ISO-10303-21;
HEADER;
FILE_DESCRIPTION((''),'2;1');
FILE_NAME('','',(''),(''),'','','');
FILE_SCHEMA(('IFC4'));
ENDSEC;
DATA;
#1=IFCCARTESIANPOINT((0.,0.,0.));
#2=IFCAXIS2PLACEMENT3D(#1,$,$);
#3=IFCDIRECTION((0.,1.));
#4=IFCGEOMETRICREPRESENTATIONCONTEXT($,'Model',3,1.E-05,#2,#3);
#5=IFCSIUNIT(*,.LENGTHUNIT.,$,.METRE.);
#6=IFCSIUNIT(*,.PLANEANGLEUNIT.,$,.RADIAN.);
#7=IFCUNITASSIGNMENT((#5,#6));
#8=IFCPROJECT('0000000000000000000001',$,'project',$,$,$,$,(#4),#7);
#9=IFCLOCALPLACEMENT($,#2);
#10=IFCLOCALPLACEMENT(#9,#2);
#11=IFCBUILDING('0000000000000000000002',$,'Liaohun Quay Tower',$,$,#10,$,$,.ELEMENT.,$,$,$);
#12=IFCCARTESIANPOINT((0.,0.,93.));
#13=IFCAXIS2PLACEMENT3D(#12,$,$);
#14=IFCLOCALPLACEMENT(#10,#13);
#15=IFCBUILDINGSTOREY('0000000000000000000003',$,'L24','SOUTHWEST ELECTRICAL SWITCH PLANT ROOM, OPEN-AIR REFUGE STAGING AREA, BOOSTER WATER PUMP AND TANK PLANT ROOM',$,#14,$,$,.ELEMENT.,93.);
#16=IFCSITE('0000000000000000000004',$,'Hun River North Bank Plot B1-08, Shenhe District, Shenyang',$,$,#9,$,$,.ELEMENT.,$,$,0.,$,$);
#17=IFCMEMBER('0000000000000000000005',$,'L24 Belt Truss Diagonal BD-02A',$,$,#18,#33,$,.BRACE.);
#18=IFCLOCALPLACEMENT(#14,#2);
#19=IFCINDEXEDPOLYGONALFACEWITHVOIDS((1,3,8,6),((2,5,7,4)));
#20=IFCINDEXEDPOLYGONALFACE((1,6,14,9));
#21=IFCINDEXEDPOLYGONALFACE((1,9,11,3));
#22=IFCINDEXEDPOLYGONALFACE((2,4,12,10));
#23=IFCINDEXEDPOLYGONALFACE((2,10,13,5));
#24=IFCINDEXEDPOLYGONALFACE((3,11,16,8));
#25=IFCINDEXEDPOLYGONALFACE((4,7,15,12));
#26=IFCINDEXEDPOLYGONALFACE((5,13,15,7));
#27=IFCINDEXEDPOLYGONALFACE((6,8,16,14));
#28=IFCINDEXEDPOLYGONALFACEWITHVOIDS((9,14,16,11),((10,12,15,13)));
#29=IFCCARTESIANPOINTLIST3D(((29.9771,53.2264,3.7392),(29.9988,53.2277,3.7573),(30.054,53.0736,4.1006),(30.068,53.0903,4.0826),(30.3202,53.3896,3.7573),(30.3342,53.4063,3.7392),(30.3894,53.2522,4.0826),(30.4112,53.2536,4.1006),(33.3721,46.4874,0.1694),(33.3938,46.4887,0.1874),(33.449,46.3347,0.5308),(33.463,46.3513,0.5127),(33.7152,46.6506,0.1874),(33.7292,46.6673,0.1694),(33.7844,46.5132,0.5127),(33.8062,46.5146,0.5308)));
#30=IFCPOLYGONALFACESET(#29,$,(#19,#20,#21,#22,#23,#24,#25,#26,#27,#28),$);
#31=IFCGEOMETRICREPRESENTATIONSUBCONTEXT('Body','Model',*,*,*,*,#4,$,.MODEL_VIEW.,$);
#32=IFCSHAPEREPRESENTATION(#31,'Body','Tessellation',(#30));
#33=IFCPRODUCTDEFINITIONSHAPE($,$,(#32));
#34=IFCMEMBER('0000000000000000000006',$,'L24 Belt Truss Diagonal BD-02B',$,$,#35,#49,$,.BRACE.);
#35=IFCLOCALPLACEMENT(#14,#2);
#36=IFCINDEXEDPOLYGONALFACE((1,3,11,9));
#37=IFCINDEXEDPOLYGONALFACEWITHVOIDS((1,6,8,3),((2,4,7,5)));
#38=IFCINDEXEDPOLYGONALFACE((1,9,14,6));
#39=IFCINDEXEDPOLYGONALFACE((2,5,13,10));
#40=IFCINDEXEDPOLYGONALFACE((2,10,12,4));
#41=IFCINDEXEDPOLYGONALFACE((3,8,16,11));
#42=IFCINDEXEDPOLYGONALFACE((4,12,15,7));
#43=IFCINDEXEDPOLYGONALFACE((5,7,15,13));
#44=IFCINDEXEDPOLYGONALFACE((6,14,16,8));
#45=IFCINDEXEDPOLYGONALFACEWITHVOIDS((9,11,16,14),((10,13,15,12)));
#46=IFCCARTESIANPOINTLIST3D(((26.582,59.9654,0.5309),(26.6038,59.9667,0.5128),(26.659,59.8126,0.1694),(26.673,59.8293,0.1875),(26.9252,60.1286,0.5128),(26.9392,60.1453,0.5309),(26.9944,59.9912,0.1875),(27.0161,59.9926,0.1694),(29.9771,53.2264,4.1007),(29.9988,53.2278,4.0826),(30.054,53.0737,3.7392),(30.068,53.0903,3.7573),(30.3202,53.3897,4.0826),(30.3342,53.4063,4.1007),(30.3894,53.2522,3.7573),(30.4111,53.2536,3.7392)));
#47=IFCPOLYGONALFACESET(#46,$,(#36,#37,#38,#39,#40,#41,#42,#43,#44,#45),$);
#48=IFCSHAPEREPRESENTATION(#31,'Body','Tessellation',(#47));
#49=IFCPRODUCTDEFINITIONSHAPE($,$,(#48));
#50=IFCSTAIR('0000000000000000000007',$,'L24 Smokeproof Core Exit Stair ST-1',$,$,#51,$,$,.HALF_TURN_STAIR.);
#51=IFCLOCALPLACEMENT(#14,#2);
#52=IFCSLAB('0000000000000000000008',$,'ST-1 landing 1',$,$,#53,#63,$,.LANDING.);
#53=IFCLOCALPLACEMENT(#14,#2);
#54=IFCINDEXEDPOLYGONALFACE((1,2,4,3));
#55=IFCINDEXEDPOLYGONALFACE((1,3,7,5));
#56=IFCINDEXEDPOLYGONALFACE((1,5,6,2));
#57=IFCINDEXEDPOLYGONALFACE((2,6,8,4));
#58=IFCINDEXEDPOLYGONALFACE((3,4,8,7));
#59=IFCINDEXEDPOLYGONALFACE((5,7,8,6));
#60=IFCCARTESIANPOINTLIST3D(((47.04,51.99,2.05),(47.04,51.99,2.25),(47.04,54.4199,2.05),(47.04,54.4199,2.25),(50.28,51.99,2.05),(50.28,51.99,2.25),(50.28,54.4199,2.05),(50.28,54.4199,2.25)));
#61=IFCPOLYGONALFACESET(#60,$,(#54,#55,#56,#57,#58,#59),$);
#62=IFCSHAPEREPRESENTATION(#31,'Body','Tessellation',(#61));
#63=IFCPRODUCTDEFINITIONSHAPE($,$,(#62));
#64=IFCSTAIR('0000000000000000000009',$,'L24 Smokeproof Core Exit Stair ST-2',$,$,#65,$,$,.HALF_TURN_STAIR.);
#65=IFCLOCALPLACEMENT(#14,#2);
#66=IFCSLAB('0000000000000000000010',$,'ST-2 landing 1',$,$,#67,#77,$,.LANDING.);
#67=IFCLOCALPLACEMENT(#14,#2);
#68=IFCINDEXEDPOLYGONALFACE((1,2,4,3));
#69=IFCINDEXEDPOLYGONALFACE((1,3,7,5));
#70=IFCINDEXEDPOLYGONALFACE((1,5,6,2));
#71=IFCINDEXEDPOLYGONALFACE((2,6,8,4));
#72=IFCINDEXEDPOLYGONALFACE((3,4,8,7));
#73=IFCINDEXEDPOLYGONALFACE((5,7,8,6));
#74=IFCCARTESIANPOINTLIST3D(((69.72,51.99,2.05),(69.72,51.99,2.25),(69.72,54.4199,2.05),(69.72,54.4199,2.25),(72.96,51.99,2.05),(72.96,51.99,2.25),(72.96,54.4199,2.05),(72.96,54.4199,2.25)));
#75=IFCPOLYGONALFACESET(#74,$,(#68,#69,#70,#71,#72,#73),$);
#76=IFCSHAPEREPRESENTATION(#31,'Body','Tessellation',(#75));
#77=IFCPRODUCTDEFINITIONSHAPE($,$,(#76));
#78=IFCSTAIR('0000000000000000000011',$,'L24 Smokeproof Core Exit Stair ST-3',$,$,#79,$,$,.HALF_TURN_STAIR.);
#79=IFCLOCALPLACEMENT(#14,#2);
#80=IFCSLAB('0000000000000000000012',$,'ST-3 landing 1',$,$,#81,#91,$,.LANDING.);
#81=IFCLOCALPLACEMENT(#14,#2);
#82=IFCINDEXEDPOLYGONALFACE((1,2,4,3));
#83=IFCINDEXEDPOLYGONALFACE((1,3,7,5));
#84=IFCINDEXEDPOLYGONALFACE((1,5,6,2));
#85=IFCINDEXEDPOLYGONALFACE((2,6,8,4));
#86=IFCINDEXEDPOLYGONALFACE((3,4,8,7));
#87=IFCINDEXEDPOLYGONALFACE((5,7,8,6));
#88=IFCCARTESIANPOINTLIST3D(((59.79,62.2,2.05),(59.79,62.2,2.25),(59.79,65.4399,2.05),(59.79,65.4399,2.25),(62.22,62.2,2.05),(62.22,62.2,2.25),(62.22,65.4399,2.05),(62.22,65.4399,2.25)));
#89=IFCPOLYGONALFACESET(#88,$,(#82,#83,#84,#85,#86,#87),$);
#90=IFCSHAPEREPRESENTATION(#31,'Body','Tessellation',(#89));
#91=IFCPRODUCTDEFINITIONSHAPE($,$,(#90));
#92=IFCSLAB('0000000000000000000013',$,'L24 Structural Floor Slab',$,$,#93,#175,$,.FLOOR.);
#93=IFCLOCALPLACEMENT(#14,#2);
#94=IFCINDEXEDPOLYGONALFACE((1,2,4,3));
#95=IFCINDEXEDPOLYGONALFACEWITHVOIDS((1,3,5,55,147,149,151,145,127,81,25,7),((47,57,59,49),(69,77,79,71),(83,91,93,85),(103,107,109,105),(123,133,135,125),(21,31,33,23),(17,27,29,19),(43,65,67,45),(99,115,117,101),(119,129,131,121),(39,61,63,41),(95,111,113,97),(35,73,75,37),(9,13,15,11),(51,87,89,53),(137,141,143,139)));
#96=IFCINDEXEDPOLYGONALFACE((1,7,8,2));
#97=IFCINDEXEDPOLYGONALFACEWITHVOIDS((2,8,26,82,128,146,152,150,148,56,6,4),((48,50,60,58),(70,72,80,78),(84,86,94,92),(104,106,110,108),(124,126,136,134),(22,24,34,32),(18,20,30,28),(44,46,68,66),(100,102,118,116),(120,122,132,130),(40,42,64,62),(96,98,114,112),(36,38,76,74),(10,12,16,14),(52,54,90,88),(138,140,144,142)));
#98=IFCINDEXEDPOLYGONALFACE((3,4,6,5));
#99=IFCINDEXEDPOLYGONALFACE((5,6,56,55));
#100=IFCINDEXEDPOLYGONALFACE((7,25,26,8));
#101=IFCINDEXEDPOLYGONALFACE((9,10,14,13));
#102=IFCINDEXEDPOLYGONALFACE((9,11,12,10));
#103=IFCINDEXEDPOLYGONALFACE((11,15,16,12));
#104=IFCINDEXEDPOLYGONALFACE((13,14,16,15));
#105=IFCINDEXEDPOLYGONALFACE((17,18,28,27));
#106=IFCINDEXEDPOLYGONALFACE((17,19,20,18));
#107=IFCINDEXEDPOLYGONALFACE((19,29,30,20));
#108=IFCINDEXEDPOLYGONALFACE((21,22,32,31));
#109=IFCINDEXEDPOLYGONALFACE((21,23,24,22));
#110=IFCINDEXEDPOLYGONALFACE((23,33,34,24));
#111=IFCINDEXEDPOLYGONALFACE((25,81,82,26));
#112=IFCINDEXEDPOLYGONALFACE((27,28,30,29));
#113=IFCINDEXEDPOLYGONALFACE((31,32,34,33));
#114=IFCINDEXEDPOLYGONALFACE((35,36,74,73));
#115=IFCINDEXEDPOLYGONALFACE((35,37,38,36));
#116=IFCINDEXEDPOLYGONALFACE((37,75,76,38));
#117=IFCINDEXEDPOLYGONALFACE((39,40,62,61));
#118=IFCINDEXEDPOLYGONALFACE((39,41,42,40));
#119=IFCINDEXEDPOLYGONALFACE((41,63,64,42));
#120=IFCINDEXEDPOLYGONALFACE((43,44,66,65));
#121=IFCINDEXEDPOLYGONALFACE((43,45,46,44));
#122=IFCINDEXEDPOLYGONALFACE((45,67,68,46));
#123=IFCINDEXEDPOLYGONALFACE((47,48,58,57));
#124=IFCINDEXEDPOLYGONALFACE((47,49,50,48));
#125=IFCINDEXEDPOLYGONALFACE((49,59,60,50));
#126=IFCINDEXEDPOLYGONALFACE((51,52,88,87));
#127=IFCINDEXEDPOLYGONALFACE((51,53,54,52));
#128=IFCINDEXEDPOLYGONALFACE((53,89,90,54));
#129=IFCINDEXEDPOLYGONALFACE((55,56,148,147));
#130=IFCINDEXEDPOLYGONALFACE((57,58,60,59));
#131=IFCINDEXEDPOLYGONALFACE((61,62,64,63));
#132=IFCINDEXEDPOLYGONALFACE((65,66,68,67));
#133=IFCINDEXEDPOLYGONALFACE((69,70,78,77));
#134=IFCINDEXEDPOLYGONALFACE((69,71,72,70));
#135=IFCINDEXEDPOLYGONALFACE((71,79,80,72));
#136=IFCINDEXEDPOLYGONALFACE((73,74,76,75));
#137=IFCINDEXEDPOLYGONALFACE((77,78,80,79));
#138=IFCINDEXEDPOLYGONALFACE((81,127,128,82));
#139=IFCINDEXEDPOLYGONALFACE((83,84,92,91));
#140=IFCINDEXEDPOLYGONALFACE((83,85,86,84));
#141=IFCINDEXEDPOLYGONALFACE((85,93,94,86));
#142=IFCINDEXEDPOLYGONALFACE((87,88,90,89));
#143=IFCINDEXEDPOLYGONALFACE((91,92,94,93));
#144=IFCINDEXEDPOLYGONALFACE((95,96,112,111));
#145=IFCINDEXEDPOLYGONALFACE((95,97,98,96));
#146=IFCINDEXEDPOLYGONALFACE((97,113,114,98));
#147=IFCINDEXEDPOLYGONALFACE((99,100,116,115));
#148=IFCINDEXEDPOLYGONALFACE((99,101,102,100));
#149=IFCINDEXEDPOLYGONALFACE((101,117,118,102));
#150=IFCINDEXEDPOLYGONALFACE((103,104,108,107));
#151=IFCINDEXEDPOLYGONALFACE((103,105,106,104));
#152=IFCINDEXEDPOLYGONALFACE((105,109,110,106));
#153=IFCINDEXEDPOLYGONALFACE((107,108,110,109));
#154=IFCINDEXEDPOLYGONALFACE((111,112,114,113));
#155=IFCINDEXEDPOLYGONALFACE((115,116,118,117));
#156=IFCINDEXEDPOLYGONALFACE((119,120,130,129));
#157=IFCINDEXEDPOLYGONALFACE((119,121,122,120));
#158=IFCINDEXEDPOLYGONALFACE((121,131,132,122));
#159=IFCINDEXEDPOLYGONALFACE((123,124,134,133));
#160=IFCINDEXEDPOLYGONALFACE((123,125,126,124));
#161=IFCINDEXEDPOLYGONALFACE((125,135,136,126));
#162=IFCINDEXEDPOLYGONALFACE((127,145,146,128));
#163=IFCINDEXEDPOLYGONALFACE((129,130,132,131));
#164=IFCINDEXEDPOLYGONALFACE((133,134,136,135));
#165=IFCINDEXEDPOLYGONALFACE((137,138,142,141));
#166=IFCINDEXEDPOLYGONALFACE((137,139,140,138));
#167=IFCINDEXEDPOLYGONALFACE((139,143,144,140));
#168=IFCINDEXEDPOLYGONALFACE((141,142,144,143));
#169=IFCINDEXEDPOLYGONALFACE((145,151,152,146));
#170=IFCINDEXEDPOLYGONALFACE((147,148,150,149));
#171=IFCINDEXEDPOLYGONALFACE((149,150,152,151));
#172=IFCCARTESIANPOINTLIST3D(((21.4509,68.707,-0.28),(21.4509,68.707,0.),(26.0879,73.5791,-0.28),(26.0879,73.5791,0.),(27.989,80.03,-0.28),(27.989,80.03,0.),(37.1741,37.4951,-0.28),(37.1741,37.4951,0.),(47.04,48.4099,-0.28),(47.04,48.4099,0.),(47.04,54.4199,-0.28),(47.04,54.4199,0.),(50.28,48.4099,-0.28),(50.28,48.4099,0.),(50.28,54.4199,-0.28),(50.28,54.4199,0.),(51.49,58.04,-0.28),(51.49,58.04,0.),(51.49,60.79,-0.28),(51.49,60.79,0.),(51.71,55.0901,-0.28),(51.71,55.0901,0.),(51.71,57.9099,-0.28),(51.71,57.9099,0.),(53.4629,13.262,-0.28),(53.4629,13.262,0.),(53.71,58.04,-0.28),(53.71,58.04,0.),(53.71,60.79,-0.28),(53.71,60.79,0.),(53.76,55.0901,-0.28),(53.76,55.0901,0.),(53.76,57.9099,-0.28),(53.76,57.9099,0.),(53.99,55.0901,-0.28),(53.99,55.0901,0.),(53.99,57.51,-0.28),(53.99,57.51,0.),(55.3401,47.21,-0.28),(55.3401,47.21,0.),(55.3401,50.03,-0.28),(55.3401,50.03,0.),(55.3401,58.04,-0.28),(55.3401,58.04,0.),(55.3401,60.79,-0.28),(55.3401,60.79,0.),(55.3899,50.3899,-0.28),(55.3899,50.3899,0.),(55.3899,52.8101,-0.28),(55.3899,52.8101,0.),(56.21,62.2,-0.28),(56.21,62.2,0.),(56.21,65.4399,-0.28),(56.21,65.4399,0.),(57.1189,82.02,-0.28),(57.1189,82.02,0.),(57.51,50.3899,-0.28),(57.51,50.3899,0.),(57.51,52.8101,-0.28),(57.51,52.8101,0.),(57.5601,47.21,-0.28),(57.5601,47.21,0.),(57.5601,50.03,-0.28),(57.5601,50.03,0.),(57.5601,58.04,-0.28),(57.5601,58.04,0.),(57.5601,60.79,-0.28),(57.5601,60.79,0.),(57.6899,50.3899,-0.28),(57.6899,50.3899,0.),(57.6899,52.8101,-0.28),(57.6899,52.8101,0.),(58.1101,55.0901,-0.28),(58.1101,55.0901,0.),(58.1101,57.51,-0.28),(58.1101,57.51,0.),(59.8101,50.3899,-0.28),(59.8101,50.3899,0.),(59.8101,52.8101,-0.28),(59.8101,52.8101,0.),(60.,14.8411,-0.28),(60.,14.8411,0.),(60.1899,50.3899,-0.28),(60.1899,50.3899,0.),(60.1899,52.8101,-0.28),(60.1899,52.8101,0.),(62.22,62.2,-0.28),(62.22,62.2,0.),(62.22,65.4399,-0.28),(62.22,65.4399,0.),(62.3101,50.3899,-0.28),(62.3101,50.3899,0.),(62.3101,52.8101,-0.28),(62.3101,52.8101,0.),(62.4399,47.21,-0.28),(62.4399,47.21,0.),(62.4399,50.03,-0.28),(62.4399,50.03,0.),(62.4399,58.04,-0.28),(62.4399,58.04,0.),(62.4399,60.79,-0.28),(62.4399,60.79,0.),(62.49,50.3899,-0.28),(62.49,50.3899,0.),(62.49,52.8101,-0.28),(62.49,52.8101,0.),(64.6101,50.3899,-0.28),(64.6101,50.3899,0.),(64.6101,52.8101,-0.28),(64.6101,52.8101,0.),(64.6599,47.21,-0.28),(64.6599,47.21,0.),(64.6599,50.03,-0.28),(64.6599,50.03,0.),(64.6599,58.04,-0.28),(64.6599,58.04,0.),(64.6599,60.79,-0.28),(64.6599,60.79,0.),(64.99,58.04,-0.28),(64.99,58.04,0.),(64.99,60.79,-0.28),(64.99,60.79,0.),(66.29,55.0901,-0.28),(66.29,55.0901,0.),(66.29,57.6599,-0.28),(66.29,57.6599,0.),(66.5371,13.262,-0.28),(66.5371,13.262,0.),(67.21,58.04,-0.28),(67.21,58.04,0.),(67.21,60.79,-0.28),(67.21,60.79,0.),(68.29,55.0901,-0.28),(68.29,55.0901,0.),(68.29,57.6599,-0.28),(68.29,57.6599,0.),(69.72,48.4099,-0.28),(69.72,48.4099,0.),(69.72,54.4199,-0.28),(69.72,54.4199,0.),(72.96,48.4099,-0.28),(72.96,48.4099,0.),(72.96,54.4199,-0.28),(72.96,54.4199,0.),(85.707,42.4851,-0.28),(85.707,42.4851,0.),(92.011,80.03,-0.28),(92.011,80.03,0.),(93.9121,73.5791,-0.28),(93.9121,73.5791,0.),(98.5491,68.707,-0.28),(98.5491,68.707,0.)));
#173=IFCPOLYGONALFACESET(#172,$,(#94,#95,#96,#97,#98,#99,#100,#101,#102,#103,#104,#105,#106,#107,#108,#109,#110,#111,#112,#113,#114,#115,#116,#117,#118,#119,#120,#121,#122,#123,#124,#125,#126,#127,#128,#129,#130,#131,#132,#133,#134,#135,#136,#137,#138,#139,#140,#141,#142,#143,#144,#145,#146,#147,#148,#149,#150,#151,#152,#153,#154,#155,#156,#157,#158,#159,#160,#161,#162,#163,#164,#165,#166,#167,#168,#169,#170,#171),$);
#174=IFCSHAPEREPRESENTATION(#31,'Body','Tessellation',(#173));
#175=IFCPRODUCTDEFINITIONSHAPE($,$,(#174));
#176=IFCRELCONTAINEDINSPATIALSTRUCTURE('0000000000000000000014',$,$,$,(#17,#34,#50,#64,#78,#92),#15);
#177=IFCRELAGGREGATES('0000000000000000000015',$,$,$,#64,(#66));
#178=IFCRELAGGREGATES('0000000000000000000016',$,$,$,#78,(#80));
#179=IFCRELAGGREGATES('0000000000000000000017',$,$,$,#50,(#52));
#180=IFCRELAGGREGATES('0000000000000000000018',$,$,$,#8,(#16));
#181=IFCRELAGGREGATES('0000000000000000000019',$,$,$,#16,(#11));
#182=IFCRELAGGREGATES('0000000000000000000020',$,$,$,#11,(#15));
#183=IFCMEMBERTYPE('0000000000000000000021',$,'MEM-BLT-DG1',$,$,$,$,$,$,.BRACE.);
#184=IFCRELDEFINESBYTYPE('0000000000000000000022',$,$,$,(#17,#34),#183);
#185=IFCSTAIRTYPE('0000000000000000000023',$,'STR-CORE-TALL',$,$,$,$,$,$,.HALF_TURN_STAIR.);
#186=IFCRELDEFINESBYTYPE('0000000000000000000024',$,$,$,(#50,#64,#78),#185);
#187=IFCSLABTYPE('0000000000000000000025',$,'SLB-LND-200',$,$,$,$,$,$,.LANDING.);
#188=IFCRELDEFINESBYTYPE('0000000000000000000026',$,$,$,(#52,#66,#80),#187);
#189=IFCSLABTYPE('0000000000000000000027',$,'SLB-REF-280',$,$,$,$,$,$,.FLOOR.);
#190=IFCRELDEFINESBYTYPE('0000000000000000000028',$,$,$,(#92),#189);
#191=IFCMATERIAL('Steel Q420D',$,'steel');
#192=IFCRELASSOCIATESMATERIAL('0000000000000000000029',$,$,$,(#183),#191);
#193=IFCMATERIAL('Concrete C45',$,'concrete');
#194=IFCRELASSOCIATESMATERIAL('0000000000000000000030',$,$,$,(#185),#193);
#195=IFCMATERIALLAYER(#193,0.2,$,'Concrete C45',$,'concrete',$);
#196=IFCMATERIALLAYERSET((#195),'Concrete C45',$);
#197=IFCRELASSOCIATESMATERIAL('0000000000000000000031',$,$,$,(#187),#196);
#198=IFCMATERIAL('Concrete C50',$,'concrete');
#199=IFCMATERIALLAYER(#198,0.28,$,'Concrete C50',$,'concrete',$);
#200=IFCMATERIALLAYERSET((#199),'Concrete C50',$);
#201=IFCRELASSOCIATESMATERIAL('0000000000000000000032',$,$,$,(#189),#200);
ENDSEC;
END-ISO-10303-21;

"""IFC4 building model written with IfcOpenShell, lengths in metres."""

from ifc_helpers import new_model, si_unit, direction, frame, origin, origin_2d, place, context, subcontext, project, spatial, polyline, hollow_rectangle, outline, extrude, source, transform, mapped, material, layer, layer_set, material_profile, profile_set, type_object, element, aggregate, save


model = new_model("IFC4")

# Units and contexts
model_context = context("Model", 3, precision=1e-05, world=origin(), true_north=direction((0.0, 1.0)))
body_context = subcontext(model_context, "Body", "Model", "MODEL_VIEW")
ifc_project = project(units=[si_unit("LENGTHUNIT", "METRE"), si_unit("PLANEANGLEUNIT", "RADIAN")], contexts=[model_context])

# Site, building, storey
site_placement = place(None, origin())
site = spatial("IfcSite", under=ifc_project, at=site_placement, Name="Hun River North Bank Plot B1-08, Shenhe District, Shenyang", CompositionType="ELEMENT", RefElevation=0.0)
building_placement = place(site_placement, origin())
building = spatial("IfcBuilding", under=site, at=building_placement, Name="Liaohun Quay Tower", CompositionType="ELEMENT")
storey_placement = place(building_placement, frame((0.0, 0.0, 93.0)))
storey = spatial("IfcBuildingStorey", under=building, at=storey_placement, Name="L24", Description="SOUTHWEST ELECTRICAL SWITCH PLANT ROOM, OPEN-AIR REFUGE STAGING AREA, BOOSTER WATER PUMP AND TANK PLANT ROOM", CompositionType="ELEMENT", Elevation=93.0)

# Members
ifc_material_1 = material(Name="Steel Q420D", Category="steel")
ifc_material_profile_1 = material_profile(ifc_material_1, hollow_rectangle(XDim=0.3999, YDim=0.3999, WallThickness=0.02, at=origin_2d()), Name="SHS400x400x20")
ifc_profile_set_1 = profile_set([ifc_material_profile_1], Name="Steel Q420D")
member_type_1 = type_object("IfcMemberType", Name="MEM-BLT-DG1", PredefinedType="BRACE", material=ifc_profile_set_1)
shared_shape_1 = source(origin(), body_context, "Body", "SweptSolid", [
    extrude(hollow_rectangle(XDim=0.3999, YDim=0.3999, WallThickness=0.02, at=origin_2d()), origin(), (0.0, 0.0, 1.0), 8.3477),
])
for number, where, z_axis, x_axis, name in (
    (1, (33.5891, 46.501, 0.3501), (-0.406701, 0.80729, 0.427642), (-0.893071, -0.449916, 0.0), "L24 Belt Truss Diagonal BD-02A"),
    (2, (30.1941, 53.24, 3.9199), (-0.406701, 0.80729, -0.427642), (-0.893071, -0.449916, 0.0), "L24 Belt Truss Diagonal BD-02B"),
):
    element("IfcMember", number, at=place(storey_placement, frame(where, z_axis=z_axis, x_axis=x_axis)), inside=storey, type_object=member_type_1, Name=name, PredefinedType="BRACE", context=body_context, shape_type="MappedRepresentation", body=[
        mapped(shared_shape_1, transform((0.0, 0.0, 0.0), x_axis=(1.0, 0.0, 0.0), y_axis=(0.0, 1.0, 0.0), z_axis=(0.0, 0.0, 1.0), scale=1.0)),
    ])

# Stairs, slabs
ifc_material_2 = material(Name="Concrete C45", Category="concrete")
stair_type = type_object("IfcStairType", Name="STR-CORE-TALL", PredefinedType="HALF_TURN_STAIR", material=ifc_material_2)
stair_1_placement = place(storey_placement, origin())
stair_1 = element("IfcStair", 3, at=stair_1_placement, inside=storey, type_object=stair_type, Name="L24 Smokeproof Core Exit Stair ST-1", PredefinedType="HALF_TURN_STAIR")
ifc_layer_1 = layer(ifc_material_2, 0.2, Name="Concrete C45", Category="concrete")
ifc_layer_set_1 = layer_set([ifc_layer_1], Name="Concrete C45")
slab_type_1 = type_object("IfcSlabType", Name="SLB-LND-200", PredefinedType="LANDING", material=ifc_layer_set_1)
slab_1_placement = place(storey_placement, frame((0.0, 0.0, 2.05)))
slab_1 = element("IfcSlab", 4, at=slab_1_placement, type_object=slab_type_1, Name="ST-1 landing 1", PredefinedType="LANDING", context=body_context, shape_type="SweptSolid", body=[
    extrude(outline(polyline([(50.28, 51.99), (50.28, 54.4199), (47.04, 54.4199), (47.04, 51.99), (50.28, 51.99)])), origin(), (0.0, 0.0, 1.0), 0.2),
])
stair_2_placement = place(storey_placement, origin())
stair_2 = element("IfcStair", 5, at=stair_2_placement, inside=storey, type_object=stair_type, Name="L24 Smokeproof Core Exit Stair ST-2", PredefinedType="HALF_TURN_STAIR")
slab_2_placement = place(storey_placement, frame((0.0, 0.0, 2.05)))
slab_2 = element("IfcSlab", 6, at=slab_2_placement, type_object=slab_type_1, Name="ST-2 landing 1", PredefinedType="LANDING", context=body_context, shape_type="SweptSolid", body=[
    extrude(outline(polyline([(72.96, 51.99), (72.96, 54.4199), (69.72, 54.4199), (69.72, 51.99), (72.96, 51.99)])), origin(), (0.0, 0.0, 1.0), 0.2),
])
aggregate(stair_2, [slab_2])
stair_3_placement = place(storey_placement, origin())
stair_3 = element("IfcStair", 7, at=stair_3_placement, inside=storey, type_object=stair_type, Name="L24 Smokeproof Core Exit Stair ST-3", PredefinedType="HALF_TURN_STAIR")
slab_3_placement = place(storey_placement, frame((0.0, 0.0, 2.05)))
slab_3 = element("IfcSlab", 8, at=slab_3_placement, type_object=slab_type_1, Name="ST-3 landing 1", PredefinedType="LANDING", context=body_context, shape_type="SweptSolid", body=[
    extrude(outline(polyline([(59.79, 62.2), (62.22, 62.2), (62.22, 65.4399), (59.79, 65.4399), (59.79, 62.2)])), origin(), (0.0, 0.0, 1.0), 0.2),
])
aggregate(stair_3, [slab_3])

# Slab
ifc_material_3 = material(Name="Concrete C50", Category="concrete")
ifc_layer_2 = layer(ifc_material_3, 0.28, Name="Concrete C50", Category="concrete")
ifc_layer_set_2 = layer_set([ifc_layer_2], Name="Concrete C50")
slab_type_2 = type_object("IfcSlabType", Name="SLB-REF-280", PredefinedType="FLOOR", material=ifc_layer_set_2)
slab_4_placement = place(storey_placement, frame((0.0, 0.0, -0.28)))
element("IfcSlab", 9, at=slab_4_placement, inside=storey, type_object=slab_type_2, Name="L24 Structural Floor Slab", PredefinedType="FLOOR", context=body_context, shape_type="SweptSolid", body=[
    extrude(outline(polyline([(53.4629, 13.262), (60.0, 14.8411), (66.5371, 13.262), (85.707, 42.4851), (98.5491, 68.707), (93.9121, 73.5791), (92.011, 80.03), (57.1189, 82.02), (27.989, 80.03), (26.0879, 73.5791), (21.4509, 68.707), (37.1741, 37.4951), (53.4629, 13.262)]), holes=[polyline([(57.5601, 47.21), (57.5601, 50.03), (55.3401, 50.03), (55.3401, 47.21), (57.5601, 47.21)]), polyline([(50.28, 54.4199), (47.04, 54.4199), (47.04, 48.4099), (50.28, 48.4099), (50.28, 54.4199)]), polyline([(57.51, 50.3899), (57.51, 52.8101), (55.3899, 52.8101), (55.3899, 50.3899), (57.51, 50.3899)]), polyline([(59.8101, 50.3899), (59.8101, 52.8101), (57.6899, 52.8101), (57.6899, 50.3899), (59.8101, 50.3899)]), polyline([(58.1101, 57.51), (53.99, 57.51), (53.99, 55.0901), (58.1101, 55.0901), (58.1101, 57.51)]), polyline([(53.76, 55.0901), (53.76, 57.9099), (51.71, 57.9099), (51.71, 55.0901), (53.76, 55.0901)]), polyline([(53.71, 58.04), (53.71, 60.79), (51.49, 60.79), (51.49, 58.04), (53.71, 58.04)]), polyline([(57.5601, 58.04), (57.5601, 60.79), (55.3401, 60.79), (55.3401, 58.04), (57.5601, 58.04)]), polyline([(64.6599, 47.21), (64.6599, 50.03), (62.4399, 50.03), (62.4399, 47.21), (64.6599, 47.21)]), polyline([(72.96, 54.4199), (69.72, 54.4199), (69.72, 48.4099), (72.96, 48.4099), (72.96, 54.4199)]), polyline([(62.3101, 50.3899), (62.3101, 52.8101), (60.1899, 52.8101), (60.1899, 50.3899), (62.3101, 50.3899)]), polyline([(64.6101, 50.3899), (64.6101, 52.8101), (62.49, 52.8101), (62.49, 50.3899), (64.6101, 50.3899)]), polyline([(68.29, 55.0901), (68.29, 57.6599), (66.29, 57.6599), (66.29, 55.0901), (68.29, 55.0901)]), polyline([(64.6599, 58.04), (64.6599, 60.79), (62.4399, 60.79), (62.4399, 58.04), (64.6599, 58.04)]), polyline([(64.99, 58.04), (67.21, 58.04), (67.21, 60.79), (64.99, 60.79), (64.99, 58.04)]), polyline([(56.21, 62.2), (62.22, 62.2), (62.22, 65.4399), (56.21, 65.4399), (56.21, 62.2)])]), origin(), (0.0, 0.0, 1.0), 0.28),
])

aggregate(stair_1, [slab_1])

save(model, "model.ifc")
